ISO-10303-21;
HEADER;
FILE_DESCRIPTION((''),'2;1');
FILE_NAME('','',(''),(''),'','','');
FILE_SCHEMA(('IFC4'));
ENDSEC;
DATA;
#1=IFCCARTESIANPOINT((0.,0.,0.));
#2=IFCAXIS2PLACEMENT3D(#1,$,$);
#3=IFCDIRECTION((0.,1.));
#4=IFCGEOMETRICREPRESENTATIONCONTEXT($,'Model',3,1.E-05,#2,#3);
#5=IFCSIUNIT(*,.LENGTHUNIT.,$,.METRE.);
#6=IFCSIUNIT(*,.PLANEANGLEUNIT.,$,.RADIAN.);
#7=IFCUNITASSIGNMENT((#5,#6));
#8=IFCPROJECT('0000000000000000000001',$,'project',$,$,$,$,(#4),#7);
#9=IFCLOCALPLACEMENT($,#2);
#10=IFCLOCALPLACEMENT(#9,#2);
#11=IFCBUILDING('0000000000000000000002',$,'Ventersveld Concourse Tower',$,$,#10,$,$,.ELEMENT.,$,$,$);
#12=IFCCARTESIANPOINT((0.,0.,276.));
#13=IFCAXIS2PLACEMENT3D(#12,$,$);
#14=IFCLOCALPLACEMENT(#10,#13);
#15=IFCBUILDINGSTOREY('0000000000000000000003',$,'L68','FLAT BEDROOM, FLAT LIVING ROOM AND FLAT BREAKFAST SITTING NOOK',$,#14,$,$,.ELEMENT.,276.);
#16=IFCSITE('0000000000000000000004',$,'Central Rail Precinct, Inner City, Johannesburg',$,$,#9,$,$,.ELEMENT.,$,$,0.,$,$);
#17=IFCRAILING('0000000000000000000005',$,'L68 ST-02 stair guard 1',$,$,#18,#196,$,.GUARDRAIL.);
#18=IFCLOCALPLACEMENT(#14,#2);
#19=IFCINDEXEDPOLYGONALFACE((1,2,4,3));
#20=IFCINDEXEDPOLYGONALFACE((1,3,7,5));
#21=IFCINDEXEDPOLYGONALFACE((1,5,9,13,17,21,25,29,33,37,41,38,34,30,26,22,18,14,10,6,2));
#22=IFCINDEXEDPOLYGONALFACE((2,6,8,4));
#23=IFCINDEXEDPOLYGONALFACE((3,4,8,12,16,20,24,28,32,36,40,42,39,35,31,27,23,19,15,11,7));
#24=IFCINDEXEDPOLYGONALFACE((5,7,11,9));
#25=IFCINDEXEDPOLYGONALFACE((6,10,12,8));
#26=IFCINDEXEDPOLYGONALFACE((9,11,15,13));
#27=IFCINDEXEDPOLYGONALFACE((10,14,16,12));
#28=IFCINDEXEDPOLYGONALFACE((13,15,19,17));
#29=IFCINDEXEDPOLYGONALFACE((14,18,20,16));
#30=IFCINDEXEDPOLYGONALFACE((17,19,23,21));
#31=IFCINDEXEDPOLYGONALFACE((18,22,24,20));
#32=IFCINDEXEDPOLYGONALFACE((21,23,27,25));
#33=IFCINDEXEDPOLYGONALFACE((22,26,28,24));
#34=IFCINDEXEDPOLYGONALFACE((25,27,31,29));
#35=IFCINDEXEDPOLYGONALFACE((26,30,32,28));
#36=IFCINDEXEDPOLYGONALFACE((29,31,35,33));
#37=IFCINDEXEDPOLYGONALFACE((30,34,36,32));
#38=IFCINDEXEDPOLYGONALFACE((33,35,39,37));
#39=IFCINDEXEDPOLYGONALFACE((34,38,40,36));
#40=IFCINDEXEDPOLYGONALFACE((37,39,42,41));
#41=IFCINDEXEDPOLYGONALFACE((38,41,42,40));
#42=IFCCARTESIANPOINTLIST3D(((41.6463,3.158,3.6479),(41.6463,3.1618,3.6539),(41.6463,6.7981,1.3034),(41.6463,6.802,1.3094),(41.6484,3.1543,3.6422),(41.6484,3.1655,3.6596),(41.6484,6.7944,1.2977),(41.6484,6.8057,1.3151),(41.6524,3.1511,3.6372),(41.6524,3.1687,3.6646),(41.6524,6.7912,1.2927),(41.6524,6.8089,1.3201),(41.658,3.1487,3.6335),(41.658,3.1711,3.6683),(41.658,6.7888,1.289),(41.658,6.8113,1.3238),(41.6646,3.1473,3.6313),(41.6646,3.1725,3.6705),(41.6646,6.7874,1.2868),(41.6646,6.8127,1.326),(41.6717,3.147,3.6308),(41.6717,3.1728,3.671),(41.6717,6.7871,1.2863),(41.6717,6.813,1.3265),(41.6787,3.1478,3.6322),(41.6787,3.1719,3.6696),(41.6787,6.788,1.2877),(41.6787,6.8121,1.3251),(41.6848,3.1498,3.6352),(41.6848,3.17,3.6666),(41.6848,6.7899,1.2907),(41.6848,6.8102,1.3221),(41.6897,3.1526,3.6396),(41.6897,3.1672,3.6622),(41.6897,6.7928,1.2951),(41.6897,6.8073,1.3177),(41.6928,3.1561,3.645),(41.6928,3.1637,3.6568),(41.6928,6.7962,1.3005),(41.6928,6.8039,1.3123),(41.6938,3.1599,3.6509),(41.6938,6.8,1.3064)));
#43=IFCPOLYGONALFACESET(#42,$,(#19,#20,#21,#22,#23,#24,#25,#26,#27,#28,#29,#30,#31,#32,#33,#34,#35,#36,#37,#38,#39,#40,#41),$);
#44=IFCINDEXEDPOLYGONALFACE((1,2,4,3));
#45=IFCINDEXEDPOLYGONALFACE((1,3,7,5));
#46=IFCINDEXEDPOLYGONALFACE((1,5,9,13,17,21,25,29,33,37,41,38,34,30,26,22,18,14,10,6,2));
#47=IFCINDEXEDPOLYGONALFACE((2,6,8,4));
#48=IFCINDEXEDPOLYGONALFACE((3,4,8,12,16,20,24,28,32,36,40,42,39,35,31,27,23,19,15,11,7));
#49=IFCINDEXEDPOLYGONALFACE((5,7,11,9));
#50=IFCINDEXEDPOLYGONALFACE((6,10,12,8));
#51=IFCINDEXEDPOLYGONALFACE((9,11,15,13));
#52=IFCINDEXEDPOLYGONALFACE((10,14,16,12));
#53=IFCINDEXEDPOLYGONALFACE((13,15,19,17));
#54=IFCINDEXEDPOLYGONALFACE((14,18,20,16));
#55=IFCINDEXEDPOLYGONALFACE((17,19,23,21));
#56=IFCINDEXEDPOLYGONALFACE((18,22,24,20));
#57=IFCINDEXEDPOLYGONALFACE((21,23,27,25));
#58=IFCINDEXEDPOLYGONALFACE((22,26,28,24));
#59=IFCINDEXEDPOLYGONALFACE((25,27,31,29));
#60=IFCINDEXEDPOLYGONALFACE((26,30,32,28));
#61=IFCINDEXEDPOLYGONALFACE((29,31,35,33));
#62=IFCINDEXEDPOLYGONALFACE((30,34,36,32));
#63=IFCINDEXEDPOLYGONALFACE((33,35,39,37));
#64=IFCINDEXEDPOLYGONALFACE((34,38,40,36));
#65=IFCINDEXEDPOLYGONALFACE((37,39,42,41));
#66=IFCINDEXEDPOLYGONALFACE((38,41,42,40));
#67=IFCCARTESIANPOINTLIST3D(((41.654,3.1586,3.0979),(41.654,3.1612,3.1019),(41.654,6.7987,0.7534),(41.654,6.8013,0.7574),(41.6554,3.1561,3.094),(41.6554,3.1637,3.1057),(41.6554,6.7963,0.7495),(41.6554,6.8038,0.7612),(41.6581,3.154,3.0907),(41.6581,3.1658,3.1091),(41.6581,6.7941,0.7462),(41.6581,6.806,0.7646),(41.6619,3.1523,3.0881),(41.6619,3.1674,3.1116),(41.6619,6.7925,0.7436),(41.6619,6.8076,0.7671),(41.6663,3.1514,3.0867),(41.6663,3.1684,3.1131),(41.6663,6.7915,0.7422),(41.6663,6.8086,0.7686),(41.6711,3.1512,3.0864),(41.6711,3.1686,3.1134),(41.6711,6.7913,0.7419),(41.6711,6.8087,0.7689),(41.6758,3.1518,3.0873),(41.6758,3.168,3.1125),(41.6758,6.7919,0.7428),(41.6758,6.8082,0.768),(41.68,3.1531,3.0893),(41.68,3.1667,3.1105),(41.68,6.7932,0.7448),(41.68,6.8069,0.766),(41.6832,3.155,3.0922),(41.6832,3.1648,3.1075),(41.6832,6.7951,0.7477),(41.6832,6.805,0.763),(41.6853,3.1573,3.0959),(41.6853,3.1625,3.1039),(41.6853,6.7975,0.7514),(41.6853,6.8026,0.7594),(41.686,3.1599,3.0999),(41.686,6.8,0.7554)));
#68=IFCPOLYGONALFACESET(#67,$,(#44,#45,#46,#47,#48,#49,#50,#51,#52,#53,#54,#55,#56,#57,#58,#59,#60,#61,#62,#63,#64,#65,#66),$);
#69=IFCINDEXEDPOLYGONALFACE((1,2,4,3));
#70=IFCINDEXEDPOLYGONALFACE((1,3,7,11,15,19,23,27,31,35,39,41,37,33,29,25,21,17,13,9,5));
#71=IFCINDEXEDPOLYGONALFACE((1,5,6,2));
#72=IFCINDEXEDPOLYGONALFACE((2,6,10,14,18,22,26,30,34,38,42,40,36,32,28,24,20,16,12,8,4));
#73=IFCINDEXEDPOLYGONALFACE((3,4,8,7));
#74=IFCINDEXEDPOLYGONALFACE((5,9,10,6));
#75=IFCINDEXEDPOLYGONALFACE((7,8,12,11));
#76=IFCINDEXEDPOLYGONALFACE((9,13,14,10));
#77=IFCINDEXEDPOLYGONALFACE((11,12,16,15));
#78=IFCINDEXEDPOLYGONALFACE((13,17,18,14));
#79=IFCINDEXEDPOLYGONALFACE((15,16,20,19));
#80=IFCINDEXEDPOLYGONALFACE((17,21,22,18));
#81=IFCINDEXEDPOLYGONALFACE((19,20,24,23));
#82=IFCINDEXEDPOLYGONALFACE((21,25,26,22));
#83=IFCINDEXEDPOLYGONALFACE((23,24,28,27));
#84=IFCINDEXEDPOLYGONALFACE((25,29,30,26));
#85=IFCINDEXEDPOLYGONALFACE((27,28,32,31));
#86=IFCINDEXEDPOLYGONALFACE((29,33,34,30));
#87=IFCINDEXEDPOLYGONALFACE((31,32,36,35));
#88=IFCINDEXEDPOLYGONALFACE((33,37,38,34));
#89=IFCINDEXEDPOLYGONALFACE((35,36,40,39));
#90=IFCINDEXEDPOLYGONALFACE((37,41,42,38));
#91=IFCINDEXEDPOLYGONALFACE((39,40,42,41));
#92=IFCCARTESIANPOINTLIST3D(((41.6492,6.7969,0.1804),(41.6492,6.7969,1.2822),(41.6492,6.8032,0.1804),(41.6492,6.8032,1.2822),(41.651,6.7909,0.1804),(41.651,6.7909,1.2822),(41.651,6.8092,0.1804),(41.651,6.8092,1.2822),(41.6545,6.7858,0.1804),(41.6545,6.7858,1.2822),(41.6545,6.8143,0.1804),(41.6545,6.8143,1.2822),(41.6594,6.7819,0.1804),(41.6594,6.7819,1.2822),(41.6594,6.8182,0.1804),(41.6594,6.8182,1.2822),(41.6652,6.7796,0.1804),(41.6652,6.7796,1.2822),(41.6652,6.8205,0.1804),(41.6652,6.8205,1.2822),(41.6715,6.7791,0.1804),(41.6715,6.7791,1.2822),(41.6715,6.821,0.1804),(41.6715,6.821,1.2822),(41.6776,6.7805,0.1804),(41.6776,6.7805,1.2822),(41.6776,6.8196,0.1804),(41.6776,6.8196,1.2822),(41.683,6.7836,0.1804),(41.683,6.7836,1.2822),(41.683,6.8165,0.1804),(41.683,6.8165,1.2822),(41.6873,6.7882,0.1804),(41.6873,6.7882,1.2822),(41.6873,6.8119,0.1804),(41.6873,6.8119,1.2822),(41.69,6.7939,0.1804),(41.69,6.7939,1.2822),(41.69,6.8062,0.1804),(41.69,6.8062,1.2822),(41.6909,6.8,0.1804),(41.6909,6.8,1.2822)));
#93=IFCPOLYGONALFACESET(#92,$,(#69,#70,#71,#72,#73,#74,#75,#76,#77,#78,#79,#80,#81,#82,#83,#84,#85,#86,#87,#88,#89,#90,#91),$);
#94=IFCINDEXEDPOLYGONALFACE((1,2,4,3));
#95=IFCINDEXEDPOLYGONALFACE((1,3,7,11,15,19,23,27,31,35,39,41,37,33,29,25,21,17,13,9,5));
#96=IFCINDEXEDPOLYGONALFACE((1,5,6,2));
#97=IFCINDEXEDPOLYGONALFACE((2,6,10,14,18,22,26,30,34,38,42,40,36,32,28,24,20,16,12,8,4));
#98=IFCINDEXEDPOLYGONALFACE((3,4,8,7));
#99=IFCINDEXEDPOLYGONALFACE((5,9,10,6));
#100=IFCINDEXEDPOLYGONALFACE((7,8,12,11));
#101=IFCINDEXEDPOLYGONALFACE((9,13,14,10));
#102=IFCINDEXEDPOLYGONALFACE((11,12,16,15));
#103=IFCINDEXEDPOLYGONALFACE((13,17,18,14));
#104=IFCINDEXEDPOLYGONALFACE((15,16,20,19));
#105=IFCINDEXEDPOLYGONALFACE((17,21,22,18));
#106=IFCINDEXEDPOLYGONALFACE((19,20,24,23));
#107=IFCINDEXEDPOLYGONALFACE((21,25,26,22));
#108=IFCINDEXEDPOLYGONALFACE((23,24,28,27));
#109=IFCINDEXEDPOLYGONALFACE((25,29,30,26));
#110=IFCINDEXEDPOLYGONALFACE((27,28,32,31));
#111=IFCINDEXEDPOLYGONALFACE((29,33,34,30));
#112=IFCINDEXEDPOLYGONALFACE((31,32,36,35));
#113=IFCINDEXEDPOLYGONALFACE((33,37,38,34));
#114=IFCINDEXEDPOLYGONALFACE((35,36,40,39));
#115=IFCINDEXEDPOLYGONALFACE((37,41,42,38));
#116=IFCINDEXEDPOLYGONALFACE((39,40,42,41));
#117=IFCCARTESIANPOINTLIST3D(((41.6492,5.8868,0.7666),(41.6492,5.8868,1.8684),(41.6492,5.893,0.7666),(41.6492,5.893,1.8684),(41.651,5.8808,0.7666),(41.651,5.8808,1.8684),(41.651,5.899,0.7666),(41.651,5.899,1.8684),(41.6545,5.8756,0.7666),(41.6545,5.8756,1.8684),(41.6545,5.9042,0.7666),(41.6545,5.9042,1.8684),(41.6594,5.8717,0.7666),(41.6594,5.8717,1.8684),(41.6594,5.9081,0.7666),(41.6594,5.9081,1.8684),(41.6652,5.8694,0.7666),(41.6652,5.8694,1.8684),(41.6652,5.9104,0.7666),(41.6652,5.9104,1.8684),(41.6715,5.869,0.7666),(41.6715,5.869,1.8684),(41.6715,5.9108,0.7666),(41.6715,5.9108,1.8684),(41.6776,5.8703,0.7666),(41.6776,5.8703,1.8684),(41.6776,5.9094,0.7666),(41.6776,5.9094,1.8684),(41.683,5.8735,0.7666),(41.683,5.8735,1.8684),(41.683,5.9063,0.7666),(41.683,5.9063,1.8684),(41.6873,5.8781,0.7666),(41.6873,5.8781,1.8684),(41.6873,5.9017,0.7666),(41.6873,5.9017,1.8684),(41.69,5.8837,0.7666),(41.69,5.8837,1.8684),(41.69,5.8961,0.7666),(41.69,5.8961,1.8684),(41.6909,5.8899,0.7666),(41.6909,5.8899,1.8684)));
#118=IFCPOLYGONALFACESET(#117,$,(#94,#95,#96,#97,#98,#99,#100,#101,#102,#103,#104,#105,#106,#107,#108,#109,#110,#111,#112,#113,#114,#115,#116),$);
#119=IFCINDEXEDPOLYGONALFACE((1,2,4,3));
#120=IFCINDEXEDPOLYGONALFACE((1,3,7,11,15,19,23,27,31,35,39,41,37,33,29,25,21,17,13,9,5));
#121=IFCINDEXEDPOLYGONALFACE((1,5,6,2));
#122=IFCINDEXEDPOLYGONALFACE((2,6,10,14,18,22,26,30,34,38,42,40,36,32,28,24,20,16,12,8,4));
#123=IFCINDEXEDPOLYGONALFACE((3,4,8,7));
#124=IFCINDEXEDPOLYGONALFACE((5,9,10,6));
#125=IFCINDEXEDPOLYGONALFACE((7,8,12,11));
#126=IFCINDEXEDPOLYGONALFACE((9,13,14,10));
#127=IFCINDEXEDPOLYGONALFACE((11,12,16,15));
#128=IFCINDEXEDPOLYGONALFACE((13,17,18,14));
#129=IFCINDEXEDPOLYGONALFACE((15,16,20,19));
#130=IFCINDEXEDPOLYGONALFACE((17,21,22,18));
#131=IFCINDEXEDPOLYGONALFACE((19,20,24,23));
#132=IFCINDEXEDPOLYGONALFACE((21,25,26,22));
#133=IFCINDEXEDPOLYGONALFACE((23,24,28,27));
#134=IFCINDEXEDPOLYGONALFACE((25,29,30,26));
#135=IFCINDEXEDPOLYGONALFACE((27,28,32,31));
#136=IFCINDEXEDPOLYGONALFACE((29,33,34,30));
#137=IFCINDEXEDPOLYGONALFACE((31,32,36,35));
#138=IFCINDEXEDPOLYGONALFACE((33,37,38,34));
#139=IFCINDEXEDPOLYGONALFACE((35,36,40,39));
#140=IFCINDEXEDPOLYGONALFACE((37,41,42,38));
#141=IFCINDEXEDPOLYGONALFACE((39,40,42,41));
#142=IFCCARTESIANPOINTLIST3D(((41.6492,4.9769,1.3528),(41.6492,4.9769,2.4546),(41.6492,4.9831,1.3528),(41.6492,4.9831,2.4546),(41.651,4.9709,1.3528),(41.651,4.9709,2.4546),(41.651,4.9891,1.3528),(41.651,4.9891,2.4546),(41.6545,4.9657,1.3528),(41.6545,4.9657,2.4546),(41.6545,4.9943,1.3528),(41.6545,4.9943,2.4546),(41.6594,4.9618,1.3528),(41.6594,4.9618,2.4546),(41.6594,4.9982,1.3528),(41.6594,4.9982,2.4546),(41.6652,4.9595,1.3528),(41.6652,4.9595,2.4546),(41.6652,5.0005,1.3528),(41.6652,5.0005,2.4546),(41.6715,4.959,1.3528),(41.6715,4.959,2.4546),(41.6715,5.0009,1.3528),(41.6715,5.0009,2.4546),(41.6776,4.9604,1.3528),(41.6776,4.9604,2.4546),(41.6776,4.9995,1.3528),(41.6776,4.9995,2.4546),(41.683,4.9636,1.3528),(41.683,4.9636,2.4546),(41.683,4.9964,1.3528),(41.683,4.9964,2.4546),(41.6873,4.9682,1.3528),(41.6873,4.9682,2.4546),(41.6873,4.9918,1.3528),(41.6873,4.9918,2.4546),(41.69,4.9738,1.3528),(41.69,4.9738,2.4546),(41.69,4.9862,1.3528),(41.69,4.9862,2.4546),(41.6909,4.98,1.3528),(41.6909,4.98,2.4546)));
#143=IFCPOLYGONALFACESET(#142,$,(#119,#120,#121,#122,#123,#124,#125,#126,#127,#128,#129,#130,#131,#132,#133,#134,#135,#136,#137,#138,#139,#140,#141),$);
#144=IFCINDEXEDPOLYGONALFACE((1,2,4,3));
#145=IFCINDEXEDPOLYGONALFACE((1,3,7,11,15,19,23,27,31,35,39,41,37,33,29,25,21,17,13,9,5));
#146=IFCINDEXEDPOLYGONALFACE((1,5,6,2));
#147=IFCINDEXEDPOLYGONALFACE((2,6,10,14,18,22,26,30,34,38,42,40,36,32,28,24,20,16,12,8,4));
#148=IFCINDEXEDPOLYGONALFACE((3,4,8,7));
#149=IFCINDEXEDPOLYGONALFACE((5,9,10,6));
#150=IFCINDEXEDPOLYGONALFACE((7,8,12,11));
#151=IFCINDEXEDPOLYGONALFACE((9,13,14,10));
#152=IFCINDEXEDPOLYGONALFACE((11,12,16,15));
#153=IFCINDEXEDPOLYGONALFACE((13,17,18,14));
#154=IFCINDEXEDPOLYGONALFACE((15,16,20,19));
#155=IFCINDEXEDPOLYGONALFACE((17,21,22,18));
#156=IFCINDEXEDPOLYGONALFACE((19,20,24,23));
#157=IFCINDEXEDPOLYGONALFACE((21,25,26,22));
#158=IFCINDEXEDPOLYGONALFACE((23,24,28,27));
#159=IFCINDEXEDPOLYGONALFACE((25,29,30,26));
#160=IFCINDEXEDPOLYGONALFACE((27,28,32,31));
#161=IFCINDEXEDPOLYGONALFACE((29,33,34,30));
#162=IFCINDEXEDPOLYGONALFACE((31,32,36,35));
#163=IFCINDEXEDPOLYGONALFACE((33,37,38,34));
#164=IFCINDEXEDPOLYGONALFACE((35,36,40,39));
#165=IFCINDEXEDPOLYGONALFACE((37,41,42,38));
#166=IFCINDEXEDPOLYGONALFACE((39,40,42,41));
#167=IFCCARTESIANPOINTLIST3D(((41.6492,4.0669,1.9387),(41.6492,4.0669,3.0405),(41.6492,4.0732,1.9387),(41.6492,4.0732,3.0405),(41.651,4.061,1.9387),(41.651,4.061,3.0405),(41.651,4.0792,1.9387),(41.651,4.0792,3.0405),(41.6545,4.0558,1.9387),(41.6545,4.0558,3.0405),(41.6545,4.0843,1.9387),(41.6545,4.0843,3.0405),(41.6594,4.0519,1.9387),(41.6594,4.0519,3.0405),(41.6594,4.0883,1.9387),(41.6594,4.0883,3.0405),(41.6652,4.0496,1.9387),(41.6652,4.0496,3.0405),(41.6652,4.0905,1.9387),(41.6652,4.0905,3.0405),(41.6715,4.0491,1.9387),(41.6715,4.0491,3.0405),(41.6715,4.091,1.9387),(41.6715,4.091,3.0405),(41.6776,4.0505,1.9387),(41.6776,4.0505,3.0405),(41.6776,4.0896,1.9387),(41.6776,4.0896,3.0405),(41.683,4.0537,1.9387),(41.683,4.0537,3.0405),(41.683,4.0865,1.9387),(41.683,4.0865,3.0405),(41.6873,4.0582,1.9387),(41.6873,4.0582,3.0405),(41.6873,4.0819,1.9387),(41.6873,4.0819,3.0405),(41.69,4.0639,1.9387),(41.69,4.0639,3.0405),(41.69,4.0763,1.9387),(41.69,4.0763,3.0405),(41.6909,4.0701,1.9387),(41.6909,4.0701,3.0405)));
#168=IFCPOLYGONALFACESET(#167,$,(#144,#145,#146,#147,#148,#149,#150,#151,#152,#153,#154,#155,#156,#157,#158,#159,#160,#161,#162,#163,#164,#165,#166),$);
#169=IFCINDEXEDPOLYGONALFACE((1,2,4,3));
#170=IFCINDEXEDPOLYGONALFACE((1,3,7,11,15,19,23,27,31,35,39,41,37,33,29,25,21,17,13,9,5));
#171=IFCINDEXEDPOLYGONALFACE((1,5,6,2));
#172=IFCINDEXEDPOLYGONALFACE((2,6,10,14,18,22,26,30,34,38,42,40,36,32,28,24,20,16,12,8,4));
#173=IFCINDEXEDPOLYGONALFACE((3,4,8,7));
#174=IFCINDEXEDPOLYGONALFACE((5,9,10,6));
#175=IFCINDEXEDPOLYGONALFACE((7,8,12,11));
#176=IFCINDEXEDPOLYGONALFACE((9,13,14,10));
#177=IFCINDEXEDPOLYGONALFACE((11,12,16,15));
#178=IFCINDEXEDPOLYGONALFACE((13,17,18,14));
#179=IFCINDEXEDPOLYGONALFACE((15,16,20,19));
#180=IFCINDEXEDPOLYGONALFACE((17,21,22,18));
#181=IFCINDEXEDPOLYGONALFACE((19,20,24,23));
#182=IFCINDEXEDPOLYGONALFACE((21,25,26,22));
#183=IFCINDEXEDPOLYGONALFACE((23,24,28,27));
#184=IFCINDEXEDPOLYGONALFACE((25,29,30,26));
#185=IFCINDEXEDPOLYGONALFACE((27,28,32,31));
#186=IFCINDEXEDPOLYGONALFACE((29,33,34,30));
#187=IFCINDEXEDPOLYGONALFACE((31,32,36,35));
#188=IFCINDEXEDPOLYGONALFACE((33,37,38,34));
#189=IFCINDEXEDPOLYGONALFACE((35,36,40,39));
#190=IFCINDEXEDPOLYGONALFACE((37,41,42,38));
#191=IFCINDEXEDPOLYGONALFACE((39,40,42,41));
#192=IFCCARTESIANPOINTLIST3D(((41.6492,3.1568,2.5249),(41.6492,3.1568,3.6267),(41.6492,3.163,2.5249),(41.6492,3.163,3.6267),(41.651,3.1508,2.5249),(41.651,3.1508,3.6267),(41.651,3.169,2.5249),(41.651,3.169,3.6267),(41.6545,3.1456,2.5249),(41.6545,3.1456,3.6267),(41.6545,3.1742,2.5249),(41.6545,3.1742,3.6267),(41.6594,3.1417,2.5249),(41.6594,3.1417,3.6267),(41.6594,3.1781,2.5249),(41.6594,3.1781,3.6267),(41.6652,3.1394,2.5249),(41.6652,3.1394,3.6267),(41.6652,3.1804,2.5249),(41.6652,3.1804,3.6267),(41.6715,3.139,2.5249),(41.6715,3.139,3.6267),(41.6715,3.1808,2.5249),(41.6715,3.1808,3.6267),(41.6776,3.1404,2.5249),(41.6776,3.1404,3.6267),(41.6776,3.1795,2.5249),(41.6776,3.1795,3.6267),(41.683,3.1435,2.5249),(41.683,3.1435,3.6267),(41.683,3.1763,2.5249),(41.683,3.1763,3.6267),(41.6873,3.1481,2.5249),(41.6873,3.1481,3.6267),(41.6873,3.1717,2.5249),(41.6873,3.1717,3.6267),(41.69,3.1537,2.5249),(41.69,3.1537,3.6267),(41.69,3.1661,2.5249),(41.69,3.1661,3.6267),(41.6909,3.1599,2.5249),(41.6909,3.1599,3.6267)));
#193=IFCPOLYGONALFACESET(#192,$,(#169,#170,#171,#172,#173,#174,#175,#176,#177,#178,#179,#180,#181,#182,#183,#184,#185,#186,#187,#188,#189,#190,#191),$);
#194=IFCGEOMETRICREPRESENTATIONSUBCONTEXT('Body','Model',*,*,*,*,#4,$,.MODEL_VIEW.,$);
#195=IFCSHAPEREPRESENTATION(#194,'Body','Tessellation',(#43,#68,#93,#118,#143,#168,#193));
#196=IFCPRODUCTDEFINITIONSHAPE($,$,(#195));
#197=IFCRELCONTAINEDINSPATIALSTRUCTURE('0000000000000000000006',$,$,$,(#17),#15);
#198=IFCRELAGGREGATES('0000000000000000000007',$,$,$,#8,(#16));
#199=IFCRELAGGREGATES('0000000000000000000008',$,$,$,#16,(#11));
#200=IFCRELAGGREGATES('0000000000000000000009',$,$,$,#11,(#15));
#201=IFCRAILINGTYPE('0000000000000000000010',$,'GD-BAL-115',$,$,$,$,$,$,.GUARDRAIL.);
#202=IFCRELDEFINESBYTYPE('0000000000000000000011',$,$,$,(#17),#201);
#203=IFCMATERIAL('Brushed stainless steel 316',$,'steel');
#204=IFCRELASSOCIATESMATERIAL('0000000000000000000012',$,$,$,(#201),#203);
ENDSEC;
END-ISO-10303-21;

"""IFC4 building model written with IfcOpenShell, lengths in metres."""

from ifc_helpers import new_model, si_unit, direction, frame, origin, origin_2d, place, context, subcontext, project, spatial, circle, extrude, material, type_object, element, save


model = new_model("IFC4")

# Units and contexts
model_context = context("Model", 3, precision=1e-05, world=origin(), true_north=direction((0.0, 1.0)))
body_context = subcontext(model_context, "Body", "Model", "MODEL_VIEW")
ifc_project = project(units=[si_unit("LENGTHUNIT", "METRE"), si_unit("PLANEANGLEUNIT", "RADIAN")], contexts=[model_context])

# Site, building, storey
site_placement = place(None, origin())
site = spatial("IfcSite", under=ifc_project, at=site_placement, Name="Central Rail Precinct, Inner City, Johannesburg", CompositionType="ELEMENT", RefElevation=0.0)
building_placement = place(site_placement, origin())
building = spatial("IfcBuilding", under=site, at=building_placement, Name="Ventersveld Concourse Tower", CompositionType="ELEMENT")
storey_placement = place(building_placement, frame((0.0, 0.0, 276.0)))
storey = spatial("IfcBuildingStorey", under=building, at=storey_placement, Name="L68", Description="FLAT BEDROOM, FLAT LIVING ROOM AND FLAT BREAKFAST SITTING NOOK", CompositionType="ELEMENT", Elevation=276.0)

# Railing
ifc_material_1 = material(Name="Brushed stainless steel 316", Category="steel")
railing_type_1 = type_object("IfcRailingType", Name="GD-BAL-115", PredefinedType="GUARDRAIL", material=ifc_material_1)
railing_1_placement = place(storey_placement, frame((41.6699, 6.8, 0.1804)))
element("IfcRailing", 1, at=railing_1_placement, inside=storey, type_object=railing_type_1, Name="L68 ST-02 stair guard 1", PredefinedType="GUARDRAIL", context=body_context, shape_type="SweptSolid", body=[
    extrude(circle(Radius=0.0239, at=origin_2d()), frame((0.0, 0.0, 1.126), z_axis=(0.0, -0.840716, 0.541476), x_axis=(1.0, 0.0, 0.0)), (0.0, 0.0, 1.0), 4.3298),
    extrude(circle(Radius=0.0161, at=origin_2d()), frame((0.0, 0.0, 0.575), z_axis=(0.0, -0.840716, 0.541476), x_axis=(1.0, 0.0, 0.0)), (0.0, 0.0, 1.0), 4.3298),
    extrude(circle(Radius=0.021, at=origin_2d()), origin(), (0.0, 0.0, 1.0), 1.1018),
    extrude(circle(Radius=0.021, at=origin_2d()), frame((0.0, -0.9102, 0.5862)), (0.0, 0.0, 1.0), 1.1018),
    extrude(circle(Radius=0.021, at=origin_2d()), frame((0.0, -1.8201, 1.1724)), (0.0, 0.0, 1.0), 1.1018),
    extrude(circle(Radius=0.021, at=origin_2d()), frame((0.0, -2.73, 1.7583)), (0.0, 0.0, 1.0), 1.1018),
    extrude(circle(Radius=0.021, at=origin_2d()), frame((0.0, -3.6401, 2.3445)), (0.0, 0.0, 1.0), 1.1018),
])

save(model, "model.ifc")
